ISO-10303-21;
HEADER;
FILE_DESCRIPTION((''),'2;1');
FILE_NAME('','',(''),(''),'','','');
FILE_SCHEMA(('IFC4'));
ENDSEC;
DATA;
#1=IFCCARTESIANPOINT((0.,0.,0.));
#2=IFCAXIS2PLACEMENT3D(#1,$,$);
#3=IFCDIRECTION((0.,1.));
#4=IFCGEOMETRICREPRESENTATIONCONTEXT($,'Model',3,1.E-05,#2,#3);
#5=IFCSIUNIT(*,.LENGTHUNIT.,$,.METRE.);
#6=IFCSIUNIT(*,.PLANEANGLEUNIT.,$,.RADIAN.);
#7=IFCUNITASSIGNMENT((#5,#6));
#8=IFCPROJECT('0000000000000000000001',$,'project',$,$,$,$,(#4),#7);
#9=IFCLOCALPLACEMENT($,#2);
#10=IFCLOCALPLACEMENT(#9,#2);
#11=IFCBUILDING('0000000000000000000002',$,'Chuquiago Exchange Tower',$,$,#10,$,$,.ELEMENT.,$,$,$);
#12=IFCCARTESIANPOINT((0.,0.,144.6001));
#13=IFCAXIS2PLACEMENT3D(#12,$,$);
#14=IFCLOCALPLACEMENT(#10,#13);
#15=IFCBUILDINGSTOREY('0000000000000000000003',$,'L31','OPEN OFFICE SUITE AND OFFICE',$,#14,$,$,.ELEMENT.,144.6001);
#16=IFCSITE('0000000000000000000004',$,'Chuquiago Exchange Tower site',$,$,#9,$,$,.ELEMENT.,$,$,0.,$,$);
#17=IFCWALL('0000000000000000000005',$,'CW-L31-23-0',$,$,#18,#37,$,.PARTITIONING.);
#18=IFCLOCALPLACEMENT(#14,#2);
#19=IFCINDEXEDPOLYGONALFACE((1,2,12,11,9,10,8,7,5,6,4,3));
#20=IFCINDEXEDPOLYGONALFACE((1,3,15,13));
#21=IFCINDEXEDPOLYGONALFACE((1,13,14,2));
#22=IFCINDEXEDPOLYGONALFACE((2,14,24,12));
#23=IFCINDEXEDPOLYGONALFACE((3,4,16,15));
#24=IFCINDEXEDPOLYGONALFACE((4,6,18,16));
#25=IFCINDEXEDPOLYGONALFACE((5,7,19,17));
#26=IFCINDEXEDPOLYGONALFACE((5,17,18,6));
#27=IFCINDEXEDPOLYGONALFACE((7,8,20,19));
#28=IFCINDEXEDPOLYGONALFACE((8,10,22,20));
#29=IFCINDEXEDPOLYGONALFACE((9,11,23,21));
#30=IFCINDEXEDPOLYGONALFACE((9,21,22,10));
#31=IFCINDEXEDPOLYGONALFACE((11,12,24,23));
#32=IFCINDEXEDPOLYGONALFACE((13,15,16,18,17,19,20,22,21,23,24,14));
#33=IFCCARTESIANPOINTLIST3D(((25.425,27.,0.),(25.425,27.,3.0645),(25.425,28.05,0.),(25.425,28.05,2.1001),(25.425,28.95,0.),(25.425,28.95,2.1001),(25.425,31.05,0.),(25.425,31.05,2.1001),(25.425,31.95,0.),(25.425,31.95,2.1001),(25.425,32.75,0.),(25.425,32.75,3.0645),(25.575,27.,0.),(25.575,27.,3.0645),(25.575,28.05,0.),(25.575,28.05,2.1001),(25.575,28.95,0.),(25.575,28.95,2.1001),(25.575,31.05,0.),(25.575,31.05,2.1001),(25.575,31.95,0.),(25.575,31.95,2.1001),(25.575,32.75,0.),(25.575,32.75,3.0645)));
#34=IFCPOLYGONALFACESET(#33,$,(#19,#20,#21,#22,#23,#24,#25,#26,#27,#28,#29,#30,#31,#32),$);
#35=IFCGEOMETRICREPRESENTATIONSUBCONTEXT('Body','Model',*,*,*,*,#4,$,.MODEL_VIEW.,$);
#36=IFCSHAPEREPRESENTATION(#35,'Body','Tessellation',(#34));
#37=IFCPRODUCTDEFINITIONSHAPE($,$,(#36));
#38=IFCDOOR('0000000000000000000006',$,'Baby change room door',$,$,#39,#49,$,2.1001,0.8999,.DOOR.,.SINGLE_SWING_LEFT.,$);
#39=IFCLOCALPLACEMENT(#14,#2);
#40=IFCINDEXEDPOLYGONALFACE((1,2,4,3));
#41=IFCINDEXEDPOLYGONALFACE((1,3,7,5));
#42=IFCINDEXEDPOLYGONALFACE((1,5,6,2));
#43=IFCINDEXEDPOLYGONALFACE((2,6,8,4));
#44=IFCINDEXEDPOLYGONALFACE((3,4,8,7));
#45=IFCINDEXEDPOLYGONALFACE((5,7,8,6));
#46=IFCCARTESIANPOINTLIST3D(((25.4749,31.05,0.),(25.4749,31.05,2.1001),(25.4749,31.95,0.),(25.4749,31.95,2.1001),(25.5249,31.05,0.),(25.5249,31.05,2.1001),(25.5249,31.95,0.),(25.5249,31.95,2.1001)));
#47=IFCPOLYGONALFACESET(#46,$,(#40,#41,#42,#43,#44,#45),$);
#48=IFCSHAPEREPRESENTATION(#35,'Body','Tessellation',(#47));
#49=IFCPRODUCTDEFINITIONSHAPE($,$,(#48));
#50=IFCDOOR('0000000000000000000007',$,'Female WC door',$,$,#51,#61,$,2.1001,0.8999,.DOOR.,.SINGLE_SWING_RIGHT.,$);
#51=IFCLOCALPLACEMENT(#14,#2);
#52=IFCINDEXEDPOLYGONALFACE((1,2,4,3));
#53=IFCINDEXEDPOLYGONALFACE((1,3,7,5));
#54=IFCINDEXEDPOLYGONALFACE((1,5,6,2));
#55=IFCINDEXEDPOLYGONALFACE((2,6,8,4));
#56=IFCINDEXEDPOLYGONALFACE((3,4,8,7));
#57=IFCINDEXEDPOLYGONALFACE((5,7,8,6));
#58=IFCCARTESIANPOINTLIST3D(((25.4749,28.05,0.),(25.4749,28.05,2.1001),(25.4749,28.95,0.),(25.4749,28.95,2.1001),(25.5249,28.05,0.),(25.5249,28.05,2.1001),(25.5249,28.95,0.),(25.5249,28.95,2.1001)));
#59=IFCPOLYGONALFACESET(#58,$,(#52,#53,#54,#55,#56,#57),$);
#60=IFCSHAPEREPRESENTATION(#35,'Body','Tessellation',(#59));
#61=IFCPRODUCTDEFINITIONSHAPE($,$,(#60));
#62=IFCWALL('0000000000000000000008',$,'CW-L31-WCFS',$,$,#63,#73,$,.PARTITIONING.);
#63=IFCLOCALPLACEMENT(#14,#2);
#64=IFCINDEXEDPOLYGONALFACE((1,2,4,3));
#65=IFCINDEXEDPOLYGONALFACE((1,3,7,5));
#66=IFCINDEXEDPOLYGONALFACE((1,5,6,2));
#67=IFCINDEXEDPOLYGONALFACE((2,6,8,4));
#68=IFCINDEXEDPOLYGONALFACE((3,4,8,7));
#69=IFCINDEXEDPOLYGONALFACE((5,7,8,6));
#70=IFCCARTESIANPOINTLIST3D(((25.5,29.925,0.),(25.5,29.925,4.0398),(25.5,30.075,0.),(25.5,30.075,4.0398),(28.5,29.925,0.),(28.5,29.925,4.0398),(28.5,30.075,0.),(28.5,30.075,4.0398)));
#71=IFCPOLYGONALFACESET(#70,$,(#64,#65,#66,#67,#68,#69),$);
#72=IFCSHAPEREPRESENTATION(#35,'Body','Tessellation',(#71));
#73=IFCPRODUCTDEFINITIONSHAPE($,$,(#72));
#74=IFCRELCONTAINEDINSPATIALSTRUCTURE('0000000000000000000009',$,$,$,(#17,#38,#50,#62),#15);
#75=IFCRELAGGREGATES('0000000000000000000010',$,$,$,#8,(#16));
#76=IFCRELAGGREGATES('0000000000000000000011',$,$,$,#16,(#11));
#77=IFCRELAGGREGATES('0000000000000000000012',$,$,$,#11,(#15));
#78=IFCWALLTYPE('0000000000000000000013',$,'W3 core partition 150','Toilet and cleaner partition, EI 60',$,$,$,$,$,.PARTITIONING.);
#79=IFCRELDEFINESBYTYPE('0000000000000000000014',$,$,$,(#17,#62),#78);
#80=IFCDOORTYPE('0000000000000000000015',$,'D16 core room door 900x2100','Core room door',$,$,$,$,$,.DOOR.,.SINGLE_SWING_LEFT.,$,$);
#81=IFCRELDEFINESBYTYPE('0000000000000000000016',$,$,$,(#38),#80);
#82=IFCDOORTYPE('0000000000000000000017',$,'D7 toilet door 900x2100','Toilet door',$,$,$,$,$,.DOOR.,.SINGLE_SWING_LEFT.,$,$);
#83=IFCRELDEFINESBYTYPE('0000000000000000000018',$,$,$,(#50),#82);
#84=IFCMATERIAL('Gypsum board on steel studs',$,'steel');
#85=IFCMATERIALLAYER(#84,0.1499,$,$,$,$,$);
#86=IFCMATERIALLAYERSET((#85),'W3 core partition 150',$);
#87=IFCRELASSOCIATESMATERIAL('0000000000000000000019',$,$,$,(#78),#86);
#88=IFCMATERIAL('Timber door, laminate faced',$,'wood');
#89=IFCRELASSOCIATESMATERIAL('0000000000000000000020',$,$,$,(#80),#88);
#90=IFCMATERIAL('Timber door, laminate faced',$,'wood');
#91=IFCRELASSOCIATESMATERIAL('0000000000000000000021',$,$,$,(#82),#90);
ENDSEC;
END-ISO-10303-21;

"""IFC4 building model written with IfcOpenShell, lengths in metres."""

from ifc_helpers import new_model, si_unit, direction, frame, frame_2d, origin, place, context, subcontext, project, spatial, rectangle, extrude, material, layer, layer_set, type_object, element, fill, save


model = new_model("IFC4")

# Units and contexts
model_context = context("Model", 3, precision=1e-05, world=origin(), true_north=direction((0.0, 1.0)))
body_context = subcontext(model_context, "Body", "Model", "MODEL_VIEW")
ifc_project = project(units=[si_unit("LENGTHUNIT", "METRE"), si_unit("PLANEANGLEUNIT", "RADIAN")], contexts=[model_context])

# Site, building, storey
site_placement = place(None, origin())
site = spatial("IfcSite", under=ifc_project, at=site_placement, Name="Chuquiago Exchange Tower site", CompositionType="ELEMENT", RefElevation=0.0)
building_placement = place(site_placement, origin())
building = spatial("IfcBuilding", under=site, at=building_placement, Name="Chuquiago Exchange Tower", CompositionType="ELEMENT")
storey_placement = place(building_placement, frame((0.0, 0.0, 144.6001)))
storey = spatial("IfcBuildingStorey", under=building, at=storey_placement, Name="L31", Description="OPEN OFFICE SUITE AND OFFICE", CompositionType="ELEMENT", Elevation=144.6001)

# Wall, openings, doors
ifc_material_1 = material(Name="Gypsum board on steel studs", Category="steel")
ifc_layer_1 = layer(ifc_material_1, 0.1499)
ifc_layer_set_1 = layer_set([ifc_layer_1], Name="W3 core partition 150")
wall_type_1 = type_object("IfcWallType", Name="W3 core partition 150", Description="Toilet and cleaner partition, EI 60", PredefinedType="PARTITIONING", material=ifc_layer_set_1)
ifc_material_2 = material(Name="Timber door, laminate faced", Category="wood")
door_type_1 = type_object("IfcDoorType", Name="D16 core room door 900x2100", Description="Core room door", OperationType="SINGLE_SWING_LEFT", PredefinedType="DOOR", material=ifc_material_2)
ifc_material_3 = material(Name="Timber door, laminate faced", Category="wood")
door_type_2 = type_object("IfcDoorType", Name="D7 toilet door 900x2100", Description="Toilet door", OperationType="SINGLE_SWING_LEFT", PredefinedType="DOOR", material=ifc_material_3)
wall_1_placement = place(storey_placement, frame((25.5, 27.0, 0.0), z_axis=(0.0, 0.0, 1.0), x_axis=(0.0, 1.0, 0.0)))
wall_1 = element("IfcWall", 1, at=wall_1_placement, inside=storey, type_object=wall_type_1, Name="CW-L31-23-0", PredefinedType="PARTITIONING", context=body_context, shape_type="SweptSolid", body=[
    extrude(rectangle(XDim=5.75, YDim=0.1499, at=frame_2d((2.875, 0.0))), origin(), (0.0, 0.0, 1.0), 3.0645),
])
opening_1_placement = place(wall_1_placement, frame((1.05, 0.0, 0.0)))
opening_1 = element("IfcOpeningElement", 2, at=opening_1_placement, cuts=wall_1, PredefinedType="OPENING", context=body_context, shape_type="SweptSolid", body=[
    extrude(rectangle(XDim=0.8999, YDim=2.1001, at=frame_2d((0.45, 1.05))), frame((0.0, 0.085, 0.0), z_axis=(0.0, -1.0, 0.0), x_axis=(1.0, 0.0, 0.0)), (0.0, 0.0, 1.0), 0.1699),
])
opening_2_placement = place(wall_1_placement, frame((4.05, 0.0, 0.0)))
opening_2 = element("IfcOpeningElement", 3, at=opening_2_placement, cuts=wall_1, PredefinedType="OPENING", context=body_context, shape_type="SweptSolid", body=[
    extrude(rectangle(XDim=0.8999, YDim=2.1001, at=frame_2d((0.45, 1.05))), frame((0.0, 0.085, 0.0), z_axis=(0.0, -1.0, 0.0), x_axis=(1.0, 0.0, 0.0)), (0.0, 0.0, 1.0), 0.1699),
])
door_1_placement = place(opening_2_placement, frame((0.8999, 0.0, 0.0), z_axis=(0.0, 0.0, 1.0), x_axis=(-1.0, 0.0, 0.0)))
door_1 = element("IfcDoor", 4, at=door_1_placement, inside=storey, type_object=door_type_1, Name="Baby change room door", OperationType="SINGLE_SWING_LEFT", OverallHeight=2.1001, OverallWidth=0.8999, PredefinedType="DOOR", context=body_context, shape_type="SweptSolid", body=[
    extrude(rectangle(XDim=0.8999, YDim=2.1001, at=frame_2d((0.45, 1.05))), frame((0.0, 0.0249, 0.0), z_axis=(0.0, -1.0, 0.0), x_axis=(1.0, 0.0, 0.0)), (0.0, 0.0, 1.0), 0.05),
])
fill(opening_2, door_1)
door_2_placement = place(opening_1_placement, frame((0.8999, 0.0, 0.0), z_axis=(0.0, 0.0, 1.0), x_axis=(-1.0, 0.0, 0.0)))
door_2 = element("IfcDoor", 5, at=door_2_placement, inside=storey, type_object=door_type_2, Name="Female WC door", OperationType="SINGLE_SWING_RIGHT", OverallHeight=2.1001, OverallWidth=0.8999, PredefinedType="DOOR", context=body_context, shape_type="SweptSolid", body=[
    extrude(rectangle(XDim=0.8999, YDim=2.1001, at=frame_2d((0.45, 1.05))), frame((0.0, 0.0249, 0.0), z_axis=(0.0, -1.0, 0.0), x_axis=(1.0, 0.0, 0.0)), (0.0, 0.0, 1.0), 0.05),
])
fill(opening_1, door_2)

# Wall
wall_2_placement = place(storey_placement, frame((25.5, 30.0, 0.0), z_axis=(0.0, 0.0, 1.0), x_axis=(1.0, 0.0, 0.0)))
element("IfcWall", 6, at=wall_2_placement, inside=storey, type_object=wall_type_1, Name="CW-L31-WCFS", PredefinedType="PARTITIONING", context=body_context, shape_type="SweptSolid", body=[
    extrude(rectangle(XDim=3.0, YDim=0.1499, at=frame_2d((1.5, 0.0))), origin(), (0.0, 0.0, 1.0), 4.0398),
])

save(model, "model.ifc")
